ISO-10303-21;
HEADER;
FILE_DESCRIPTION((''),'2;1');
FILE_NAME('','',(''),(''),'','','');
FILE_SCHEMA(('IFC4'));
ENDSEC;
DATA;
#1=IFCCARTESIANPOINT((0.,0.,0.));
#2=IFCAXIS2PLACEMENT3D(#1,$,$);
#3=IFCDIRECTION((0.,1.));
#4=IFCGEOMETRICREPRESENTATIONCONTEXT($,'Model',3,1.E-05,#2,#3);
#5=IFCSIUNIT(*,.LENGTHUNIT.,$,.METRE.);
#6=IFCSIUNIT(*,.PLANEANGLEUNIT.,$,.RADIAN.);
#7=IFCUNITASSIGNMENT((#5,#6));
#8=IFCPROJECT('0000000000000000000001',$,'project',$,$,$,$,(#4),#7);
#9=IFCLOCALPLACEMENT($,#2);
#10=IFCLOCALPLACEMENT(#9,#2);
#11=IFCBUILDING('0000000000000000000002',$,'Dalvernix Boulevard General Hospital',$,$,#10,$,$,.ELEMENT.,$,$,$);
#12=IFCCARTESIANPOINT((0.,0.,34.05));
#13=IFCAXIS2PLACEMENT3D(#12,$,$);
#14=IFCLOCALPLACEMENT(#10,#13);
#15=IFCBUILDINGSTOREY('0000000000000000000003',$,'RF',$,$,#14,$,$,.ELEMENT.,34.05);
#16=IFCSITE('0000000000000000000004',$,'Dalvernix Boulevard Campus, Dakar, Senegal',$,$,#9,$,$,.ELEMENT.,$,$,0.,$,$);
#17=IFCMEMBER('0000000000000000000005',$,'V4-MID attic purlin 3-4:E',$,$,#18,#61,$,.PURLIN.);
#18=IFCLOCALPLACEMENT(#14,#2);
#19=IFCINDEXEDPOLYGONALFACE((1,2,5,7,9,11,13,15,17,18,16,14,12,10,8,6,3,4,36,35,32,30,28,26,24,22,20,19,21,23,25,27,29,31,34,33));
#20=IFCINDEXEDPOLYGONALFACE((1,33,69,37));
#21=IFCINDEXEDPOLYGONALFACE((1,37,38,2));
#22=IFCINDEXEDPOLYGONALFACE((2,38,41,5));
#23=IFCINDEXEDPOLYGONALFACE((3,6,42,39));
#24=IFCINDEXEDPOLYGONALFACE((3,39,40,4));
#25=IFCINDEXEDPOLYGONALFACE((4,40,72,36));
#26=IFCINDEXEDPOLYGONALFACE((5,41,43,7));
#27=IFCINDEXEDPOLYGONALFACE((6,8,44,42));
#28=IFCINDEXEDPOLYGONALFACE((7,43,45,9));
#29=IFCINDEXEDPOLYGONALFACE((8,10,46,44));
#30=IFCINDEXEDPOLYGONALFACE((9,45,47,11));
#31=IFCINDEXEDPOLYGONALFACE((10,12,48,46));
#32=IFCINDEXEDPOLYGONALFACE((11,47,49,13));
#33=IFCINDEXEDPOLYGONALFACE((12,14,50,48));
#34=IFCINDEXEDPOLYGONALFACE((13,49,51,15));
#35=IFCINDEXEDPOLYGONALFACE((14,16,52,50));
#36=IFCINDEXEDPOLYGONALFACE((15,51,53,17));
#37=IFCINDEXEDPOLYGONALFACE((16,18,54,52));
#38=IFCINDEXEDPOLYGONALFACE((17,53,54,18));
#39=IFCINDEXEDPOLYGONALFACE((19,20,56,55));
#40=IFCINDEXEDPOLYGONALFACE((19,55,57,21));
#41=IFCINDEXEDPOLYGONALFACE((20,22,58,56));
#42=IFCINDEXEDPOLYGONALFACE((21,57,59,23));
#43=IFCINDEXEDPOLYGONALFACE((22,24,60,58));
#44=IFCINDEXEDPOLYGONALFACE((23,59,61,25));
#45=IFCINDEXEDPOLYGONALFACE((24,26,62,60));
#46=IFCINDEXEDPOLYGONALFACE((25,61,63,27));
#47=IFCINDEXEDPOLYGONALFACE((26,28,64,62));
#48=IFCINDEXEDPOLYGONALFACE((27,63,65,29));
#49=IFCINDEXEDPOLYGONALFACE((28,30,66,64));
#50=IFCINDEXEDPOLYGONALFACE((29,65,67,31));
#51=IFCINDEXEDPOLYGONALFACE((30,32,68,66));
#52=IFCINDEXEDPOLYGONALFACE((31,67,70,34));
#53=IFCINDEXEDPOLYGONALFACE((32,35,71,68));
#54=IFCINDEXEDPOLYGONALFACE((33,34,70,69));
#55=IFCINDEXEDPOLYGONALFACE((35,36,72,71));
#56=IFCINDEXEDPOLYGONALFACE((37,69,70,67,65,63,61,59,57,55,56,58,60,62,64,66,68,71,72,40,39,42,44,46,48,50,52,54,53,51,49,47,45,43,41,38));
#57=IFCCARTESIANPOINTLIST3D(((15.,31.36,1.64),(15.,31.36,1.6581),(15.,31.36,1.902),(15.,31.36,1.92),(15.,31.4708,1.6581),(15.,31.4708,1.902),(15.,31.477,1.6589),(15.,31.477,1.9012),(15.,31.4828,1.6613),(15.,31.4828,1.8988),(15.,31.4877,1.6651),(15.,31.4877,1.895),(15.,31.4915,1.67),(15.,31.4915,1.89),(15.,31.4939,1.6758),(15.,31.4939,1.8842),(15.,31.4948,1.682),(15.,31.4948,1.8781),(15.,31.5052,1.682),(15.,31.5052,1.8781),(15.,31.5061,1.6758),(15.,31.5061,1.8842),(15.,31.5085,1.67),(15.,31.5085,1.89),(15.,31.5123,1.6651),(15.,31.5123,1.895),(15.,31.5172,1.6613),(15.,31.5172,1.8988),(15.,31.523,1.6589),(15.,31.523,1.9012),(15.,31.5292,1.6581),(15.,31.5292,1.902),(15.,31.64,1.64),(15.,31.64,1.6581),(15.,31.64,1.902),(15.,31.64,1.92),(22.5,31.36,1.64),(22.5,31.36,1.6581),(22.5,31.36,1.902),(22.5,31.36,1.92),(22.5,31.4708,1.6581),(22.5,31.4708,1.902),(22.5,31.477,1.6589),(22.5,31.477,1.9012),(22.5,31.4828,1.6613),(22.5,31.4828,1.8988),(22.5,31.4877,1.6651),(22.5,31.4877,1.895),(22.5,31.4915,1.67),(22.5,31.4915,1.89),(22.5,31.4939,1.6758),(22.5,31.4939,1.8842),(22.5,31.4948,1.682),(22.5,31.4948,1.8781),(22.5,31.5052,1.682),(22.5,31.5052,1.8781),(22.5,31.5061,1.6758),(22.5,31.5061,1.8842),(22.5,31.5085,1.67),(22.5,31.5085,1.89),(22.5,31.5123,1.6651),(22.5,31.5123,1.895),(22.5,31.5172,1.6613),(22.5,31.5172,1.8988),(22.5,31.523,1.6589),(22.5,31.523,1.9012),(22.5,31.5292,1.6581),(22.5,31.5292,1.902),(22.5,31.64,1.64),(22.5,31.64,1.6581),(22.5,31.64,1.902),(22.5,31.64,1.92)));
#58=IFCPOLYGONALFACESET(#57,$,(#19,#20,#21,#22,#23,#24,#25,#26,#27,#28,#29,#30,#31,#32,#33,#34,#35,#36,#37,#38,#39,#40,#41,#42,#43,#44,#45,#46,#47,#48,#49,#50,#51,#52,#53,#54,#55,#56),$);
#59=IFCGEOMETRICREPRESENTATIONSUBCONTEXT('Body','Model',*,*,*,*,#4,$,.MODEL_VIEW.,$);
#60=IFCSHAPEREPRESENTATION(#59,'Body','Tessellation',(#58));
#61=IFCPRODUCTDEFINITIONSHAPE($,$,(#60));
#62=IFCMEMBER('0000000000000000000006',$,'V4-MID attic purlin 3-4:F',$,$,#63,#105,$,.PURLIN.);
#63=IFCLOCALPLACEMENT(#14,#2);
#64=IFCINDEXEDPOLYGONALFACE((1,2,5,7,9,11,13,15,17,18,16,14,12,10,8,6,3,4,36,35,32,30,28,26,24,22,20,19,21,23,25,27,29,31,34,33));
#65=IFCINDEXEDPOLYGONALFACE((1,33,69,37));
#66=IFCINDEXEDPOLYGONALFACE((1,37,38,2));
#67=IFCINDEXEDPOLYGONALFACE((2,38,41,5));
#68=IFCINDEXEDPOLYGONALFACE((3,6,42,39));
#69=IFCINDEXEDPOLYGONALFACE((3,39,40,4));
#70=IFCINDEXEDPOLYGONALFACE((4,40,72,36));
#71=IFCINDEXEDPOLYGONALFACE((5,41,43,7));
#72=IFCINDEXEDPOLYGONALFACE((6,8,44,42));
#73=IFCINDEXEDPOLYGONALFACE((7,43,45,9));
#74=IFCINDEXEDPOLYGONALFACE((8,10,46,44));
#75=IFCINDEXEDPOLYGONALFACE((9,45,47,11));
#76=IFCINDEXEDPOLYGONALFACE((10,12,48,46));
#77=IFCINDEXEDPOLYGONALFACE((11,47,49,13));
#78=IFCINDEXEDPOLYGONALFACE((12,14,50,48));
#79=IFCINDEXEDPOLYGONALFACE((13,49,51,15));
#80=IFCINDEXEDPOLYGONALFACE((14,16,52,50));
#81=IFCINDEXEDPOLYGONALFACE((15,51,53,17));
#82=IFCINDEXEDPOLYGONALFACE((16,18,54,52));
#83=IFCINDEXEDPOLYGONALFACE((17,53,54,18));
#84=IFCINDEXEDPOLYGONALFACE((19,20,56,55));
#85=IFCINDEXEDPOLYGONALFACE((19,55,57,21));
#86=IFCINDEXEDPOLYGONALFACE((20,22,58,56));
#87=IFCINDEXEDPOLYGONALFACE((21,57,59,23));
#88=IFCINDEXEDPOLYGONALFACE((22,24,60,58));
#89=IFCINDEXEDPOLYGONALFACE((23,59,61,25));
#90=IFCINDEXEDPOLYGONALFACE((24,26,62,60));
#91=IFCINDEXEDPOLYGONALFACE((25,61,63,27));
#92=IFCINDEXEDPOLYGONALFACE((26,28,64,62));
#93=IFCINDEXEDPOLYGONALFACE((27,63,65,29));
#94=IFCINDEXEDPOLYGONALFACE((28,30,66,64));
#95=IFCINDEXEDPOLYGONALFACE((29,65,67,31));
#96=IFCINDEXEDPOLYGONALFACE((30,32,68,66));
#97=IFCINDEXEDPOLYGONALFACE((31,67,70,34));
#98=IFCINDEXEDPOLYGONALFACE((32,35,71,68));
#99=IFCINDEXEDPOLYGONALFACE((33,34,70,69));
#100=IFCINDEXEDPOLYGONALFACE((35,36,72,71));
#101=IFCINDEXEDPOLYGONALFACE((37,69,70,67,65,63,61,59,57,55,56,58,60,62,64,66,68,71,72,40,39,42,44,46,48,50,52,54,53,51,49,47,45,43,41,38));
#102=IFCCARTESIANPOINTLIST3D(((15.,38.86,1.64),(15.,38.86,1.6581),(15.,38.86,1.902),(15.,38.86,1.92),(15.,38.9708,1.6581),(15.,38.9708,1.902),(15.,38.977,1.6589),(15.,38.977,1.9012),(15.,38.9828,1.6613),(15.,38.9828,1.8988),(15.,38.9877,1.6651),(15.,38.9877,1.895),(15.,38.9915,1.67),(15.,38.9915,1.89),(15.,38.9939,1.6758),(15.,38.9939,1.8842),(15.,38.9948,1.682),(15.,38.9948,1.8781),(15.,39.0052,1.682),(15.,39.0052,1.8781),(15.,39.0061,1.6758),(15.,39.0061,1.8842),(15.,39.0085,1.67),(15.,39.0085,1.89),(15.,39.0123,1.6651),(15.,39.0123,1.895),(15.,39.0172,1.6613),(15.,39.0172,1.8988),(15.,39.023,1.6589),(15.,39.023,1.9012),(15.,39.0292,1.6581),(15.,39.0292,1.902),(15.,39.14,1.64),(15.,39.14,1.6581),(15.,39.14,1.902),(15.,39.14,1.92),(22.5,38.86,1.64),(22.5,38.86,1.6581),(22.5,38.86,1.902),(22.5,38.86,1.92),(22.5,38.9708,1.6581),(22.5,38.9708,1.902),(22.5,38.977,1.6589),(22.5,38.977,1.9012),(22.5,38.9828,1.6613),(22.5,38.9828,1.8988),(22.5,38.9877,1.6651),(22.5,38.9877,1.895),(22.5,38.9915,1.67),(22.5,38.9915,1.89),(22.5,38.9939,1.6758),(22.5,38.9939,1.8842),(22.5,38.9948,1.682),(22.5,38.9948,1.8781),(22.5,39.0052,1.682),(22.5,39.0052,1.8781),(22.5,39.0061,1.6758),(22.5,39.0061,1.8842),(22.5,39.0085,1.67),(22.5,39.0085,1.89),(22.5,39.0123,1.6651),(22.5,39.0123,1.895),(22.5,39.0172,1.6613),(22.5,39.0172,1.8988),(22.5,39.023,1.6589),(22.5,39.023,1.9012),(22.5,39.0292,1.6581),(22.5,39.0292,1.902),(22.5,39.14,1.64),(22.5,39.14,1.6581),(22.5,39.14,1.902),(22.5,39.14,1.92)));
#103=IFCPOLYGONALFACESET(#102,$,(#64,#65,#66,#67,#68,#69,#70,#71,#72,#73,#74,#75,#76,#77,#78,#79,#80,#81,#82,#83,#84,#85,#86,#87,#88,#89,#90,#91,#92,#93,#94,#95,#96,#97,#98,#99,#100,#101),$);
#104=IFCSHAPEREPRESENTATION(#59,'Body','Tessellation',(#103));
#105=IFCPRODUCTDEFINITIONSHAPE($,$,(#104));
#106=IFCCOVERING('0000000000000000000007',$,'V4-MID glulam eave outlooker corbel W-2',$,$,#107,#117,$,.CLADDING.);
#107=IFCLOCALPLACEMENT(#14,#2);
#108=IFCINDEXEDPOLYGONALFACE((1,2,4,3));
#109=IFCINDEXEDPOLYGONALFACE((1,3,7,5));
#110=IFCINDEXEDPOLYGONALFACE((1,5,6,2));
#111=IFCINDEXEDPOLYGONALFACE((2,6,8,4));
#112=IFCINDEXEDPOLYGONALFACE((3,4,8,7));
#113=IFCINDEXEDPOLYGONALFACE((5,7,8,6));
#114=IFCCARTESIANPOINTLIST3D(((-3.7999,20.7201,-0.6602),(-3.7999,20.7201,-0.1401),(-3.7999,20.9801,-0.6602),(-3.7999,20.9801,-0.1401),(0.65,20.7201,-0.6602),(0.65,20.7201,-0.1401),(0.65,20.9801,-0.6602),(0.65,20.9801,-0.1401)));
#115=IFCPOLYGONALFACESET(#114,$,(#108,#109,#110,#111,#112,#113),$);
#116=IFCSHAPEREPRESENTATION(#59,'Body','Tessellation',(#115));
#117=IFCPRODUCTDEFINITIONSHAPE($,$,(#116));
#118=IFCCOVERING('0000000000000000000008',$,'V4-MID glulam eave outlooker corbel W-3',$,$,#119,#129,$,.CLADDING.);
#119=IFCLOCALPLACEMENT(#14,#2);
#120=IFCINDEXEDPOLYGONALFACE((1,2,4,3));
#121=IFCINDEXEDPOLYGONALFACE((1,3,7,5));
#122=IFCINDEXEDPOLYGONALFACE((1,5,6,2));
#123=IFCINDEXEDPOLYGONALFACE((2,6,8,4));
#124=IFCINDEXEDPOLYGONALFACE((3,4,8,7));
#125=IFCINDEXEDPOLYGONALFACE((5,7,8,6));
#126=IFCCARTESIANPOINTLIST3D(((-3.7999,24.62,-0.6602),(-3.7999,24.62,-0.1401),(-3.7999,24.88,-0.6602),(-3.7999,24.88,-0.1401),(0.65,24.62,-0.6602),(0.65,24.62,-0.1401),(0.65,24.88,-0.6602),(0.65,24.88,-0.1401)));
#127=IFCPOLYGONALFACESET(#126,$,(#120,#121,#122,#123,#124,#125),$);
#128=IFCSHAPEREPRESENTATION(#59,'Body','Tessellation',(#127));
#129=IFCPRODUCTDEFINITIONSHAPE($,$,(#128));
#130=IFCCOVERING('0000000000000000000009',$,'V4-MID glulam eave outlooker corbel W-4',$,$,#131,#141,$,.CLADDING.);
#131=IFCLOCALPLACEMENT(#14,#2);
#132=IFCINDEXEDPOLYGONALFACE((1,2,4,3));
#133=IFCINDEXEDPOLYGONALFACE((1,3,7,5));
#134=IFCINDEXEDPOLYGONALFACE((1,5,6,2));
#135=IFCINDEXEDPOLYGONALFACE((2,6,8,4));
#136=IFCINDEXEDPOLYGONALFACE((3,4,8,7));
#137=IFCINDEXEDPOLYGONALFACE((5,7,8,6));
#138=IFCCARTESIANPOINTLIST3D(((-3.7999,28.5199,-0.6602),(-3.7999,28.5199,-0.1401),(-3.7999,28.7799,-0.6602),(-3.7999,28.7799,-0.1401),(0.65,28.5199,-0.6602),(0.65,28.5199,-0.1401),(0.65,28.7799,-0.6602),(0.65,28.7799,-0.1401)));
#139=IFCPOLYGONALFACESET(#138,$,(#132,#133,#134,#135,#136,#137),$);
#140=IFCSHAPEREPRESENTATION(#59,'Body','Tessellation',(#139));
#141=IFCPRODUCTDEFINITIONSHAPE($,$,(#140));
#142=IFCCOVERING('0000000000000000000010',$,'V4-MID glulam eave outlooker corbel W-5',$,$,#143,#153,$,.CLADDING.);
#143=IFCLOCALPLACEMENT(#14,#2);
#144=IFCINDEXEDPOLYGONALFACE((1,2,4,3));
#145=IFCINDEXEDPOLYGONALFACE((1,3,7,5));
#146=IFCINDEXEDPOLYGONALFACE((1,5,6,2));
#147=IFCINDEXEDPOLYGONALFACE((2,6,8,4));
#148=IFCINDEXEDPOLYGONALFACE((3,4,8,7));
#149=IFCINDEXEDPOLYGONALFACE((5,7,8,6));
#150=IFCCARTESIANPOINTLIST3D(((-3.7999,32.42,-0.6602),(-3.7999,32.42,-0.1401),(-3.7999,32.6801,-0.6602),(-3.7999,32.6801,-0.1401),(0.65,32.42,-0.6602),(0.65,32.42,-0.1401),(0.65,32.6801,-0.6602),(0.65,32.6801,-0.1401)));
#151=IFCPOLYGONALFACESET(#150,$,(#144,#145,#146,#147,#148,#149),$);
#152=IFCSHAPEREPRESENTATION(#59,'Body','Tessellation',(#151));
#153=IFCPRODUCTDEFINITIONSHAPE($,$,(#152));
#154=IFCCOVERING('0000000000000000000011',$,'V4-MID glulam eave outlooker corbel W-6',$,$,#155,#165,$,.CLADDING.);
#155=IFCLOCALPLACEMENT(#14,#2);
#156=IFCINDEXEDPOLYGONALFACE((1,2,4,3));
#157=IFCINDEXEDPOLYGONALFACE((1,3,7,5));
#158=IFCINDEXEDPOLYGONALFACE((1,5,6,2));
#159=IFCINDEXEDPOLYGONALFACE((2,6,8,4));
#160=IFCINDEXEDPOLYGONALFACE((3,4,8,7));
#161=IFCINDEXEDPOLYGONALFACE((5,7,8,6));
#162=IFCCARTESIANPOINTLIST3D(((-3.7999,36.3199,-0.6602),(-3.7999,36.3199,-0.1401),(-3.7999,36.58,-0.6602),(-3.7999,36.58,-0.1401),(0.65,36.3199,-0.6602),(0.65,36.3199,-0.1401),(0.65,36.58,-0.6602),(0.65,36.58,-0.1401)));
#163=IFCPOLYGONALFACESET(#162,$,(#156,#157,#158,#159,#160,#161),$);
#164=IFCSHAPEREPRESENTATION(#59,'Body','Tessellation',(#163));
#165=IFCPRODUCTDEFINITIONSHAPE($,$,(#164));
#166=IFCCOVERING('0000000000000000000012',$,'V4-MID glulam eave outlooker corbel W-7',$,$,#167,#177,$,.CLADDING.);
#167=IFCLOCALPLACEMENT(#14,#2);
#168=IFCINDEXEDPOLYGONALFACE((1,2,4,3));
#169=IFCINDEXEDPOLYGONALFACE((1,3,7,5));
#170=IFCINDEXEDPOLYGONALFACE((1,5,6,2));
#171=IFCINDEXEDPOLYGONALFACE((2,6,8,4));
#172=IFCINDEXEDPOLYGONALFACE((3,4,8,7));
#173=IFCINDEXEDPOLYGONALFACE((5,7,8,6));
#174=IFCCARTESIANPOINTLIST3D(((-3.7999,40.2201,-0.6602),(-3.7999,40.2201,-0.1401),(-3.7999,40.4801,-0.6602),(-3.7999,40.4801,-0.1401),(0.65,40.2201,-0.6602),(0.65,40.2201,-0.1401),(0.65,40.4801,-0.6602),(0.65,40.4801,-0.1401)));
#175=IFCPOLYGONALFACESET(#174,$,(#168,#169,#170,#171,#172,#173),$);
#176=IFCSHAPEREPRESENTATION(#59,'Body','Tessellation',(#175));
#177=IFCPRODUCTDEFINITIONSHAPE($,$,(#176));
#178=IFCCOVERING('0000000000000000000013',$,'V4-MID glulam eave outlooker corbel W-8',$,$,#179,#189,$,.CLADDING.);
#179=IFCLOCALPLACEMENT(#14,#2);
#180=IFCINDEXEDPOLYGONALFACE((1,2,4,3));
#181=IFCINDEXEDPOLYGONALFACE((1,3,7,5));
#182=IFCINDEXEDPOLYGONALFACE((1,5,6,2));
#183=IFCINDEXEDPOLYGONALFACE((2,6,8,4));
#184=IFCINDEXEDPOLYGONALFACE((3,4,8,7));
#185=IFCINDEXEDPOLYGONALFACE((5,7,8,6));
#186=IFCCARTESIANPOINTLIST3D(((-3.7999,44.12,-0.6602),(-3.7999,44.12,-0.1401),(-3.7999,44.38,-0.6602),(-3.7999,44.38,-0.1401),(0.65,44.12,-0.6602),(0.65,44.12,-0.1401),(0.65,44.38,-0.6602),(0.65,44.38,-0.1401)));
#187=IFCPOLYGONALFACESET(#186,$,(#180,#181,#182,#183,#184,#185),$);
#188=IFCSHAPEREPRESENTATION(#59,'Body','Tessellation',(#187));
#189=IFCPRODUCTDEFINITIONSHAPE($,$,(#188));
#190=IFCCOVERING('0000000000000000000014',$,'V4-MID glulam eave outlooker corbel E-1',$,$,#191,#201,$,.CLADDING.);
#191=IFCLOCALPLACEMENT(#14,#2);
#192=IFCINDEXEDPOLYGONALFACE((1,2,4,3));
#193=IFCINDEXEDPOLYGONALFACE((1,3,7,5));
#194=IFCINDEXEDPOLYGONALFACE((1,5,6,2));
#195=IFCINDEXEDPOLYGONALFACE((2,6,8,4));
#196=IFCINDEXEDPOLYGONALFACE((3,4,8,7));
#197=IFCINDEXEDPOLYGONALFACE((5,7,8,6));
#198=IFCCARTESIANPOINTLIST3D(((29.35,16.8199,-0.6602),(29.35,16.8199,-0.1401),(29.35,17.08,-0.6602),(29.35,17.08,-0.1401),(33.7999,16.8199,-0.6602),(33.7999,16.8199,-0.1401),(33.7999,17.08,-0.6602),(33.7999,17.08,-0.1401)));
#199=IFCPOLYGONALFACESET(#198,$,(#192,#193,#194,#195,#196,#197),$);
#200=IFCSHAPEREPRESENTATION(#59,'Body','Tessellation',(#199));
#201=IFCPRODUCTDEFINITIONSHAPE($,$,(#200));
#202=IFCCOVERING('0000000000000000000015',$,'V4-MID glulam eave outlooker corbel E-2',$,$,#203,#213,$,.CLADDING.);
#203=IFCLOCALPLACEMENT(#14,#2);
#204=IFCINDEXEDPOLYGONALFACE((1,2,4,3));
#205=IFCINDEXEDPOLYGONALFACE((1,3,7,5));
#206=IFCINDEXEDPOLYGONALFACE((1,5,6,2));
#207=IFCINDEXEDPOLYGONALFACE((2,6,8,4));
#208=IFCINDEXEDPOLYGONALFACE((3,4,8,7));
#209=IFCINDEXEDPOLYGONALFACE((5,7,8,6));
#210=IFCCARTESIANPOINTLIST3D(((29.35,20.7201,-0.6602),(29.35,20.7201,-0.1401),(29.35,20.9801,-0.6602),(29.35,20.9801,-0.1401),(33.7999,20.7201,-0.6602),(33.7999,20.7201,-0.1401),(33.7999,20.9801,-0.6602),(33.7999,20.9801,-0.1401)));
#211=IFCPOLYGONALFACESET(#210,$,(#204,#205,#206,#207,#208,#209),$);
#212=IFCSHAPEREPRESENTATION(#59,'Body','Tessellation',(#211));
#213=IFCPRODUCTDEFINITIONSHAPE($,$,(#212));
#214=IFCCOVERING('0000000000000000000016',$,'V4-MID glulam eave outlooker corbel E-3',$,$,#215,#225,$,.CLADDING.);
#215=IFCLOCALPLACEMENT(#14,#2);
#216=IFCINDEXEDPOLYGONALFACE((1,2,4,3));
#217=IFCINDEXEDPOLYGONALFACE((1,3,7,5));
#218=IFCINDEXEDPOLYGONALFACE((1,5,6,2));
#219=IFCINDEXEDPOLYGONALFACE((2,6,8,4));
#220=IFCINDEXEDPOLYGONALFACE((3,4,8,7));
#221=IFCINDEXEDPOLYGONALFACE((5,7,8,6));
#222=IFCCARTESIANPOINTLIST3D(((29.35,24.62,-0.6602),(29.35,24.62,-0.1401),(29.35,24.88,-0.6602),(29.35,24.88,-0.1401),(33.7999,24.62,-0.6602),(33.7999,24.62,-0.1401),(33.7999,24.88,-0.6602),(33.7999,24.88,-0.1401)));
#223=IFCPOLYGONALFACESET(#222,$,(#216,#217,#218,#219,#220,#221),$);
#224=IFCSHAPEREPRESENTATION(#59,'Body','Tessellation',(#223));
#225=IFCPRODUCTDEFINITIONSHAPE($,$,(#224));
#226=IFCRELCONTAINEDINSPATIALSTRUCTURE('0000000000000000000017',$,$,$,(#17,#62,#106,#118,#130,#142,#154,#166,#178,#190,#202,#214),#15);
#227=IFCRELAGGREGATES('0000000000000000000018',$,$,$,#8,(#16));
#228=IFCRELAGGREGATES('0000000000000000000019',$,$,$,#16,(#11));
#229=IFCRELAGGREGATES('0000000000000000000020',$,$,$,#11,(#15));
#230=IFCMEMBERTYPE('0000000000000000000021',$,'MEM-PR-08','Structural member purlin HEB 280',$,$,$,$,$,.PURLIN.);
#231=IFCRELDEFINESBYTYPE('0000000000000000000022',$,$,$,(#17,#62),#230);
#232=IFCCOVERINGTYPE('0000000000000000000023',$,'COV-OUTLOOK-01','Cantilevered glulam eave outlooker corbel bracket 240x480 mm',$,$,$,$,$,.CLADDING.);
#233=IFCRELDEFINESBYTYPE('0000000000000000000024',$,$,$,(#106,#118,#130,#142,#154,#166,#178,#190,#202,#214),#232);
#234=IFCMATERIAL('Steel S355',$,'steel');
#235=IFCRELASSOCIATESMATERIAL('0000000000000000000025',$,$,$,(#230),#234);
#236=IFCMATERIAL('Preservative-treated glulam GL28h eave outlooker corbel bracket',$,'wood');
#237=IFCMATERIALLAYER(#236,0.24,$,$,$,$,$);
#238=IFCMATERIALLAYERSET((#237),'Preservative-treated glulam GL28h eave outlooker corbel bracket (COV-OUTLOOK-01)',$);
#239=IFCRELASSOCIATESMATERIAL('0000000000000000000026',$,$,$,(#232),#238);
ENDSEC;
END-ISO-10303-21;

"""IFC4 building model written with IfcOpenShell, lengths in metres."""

from ifc_helpers import new_model, si_unit, direction, frame, origin, origin_2d, place, context, subcontext, project, spatial, rectangle, i_section, extrude, material, layer, layer_set, material_profile, profile_set, type_object, element, save


model = new_model("IFC4")

# Units and contexts
model_context = context("Model", 3, precision=1e-05, world=origin(), true_north=direction((0.0, 1.0)))
body_context = subcontext(model_context, "Body", "Model", "MODEL_VIEW")
ifc_project = project(units=[si_unit("LENGTHUNIT", "METRE"), si_unit("PLANEANGLEUNIT", "RADIAN")], contexts=[model_context])

# Site, building, storey
site_placement = place(None, origin())
site = spatial("IfcSite", under=ifc_project, at=site_placement, Name="Dalvernix Boulevard Campus, Dakar, Senegal", CompositionType="ELEMENT", RefElevation=0.0)
building_placement = place(site_placement, origin())
building = spatial("IfcBuilding", under=site, at=building_placement, Name="Dalvernix Boulevard General Hospital", CompositionType="ELEMENT")
storey_placement = place(building_placement, frame((0.0, 0.0, 34.05)))
storey = spatial("IfcBuildingStorey", under=building, at=storey_placement, Name="RF", CompositionType="ELEMENT", Elevation=34.05)

# Shared definitions
ifc_material_1 = material(Name="Steel S355", Category="steel")

# Members
ifc_material_profile_1 = material_profile(ifc_material_1, i_section(OverallWidth=0.28, OverallDepth=0.28, WebThickness=0.0105, FlangeThickness=0.0181, FilletRadius=0.0239, at=origin_2d()), Name="HEB 280")
ifc_profile_set_1 = profile_set([ifc_material_profile_1], Name="Steel S355")
member_type = type_object("IfcMemberType", Name="MEM-PR-08", Description="Structural member purlin HEB 280", PredefinedType="PURLIN", material=ifc_profile_set_1)
for number, where, z_axis, x_axis, name in (
    (1, (15.0, 31.5, 1.78), (1.0, 0.0, 0.0), (0.0, 1.0, 0.0), "V4-MID attic purlin 3-4:E"),
    (2, (15.0, 39.0, 1.78), (1.0, 0.0, 0.0), (0.0, 1.0, 0.0), "V4-MID attic purlin 3-4:F"),
):
    element("IfcMember", number, at=place(storey_placement, frame(where, z_axis=z_axis, x_axis=x_axis)), inside=storey, type_object=member_type, Name=name, PredefinedType="PURLIN", context=body_context, shape_type="SweptSolid", body=[
        extrude(i_section(OverallWidth=0.28, OverallDepth=0.28, WebThickness=0.0105, FlangeThickness=0.0181, FilletRadius=0.0239, at=origin_2d()), origin(), (0.0, 0.0, 1.0), 7.5),
    ])

# Coverings
ifc_material_2 = material(Name="Preservative-treated glulam GL28h eave outlooker corbel bracket", Category="wood")
ifc_layer = layer(ifc_material_2, 0.24)
ifc_layer_set = layer_set([ifc_layer], Name="Preservative-treated glulam GL28h eave outlooker corbel bracket (COV-OUTLOOK-01)")
covering_type = type_object("IfcCoveringType", Name="COV-OUTLOOK-01", Description="Cantilevered glulam eave outlooker corbel bracket 240x480 mm", PredefinedType="CLADDING", material=ifc_layer_set)
for number, where, z_axis, x_axis, name in (
    (3, (-1.575, 20.8501, -0.6602), (0.0, 0.0, 1.0), (1.0, 0.0, 0.0), "V4-MID glulam eave outlooker corbel W-2"),
    (4, (-1.575, 24.75, -0.6602), (0.0, 0.0, 1.0), (1.0, 0.0, 0.0), "V4-MID glulam eave outlooker corbel W-3"),
    (5, (-1.575, 28.6499, -0.6602), (0.0, 0.0, 1.0), (1.0, 0.0, 0.0), "V4-MID glulam eave outlooker corbel W-4"),
    (6, (-1.575, 32.55, -0.6602), (0.0, 0.0, 1.0), (1.0, 0.0, 0.0), "V4-MID glulam eave outlooker corbel W-5"),
    (7, (-1.575, 36.45, -0.6602), (0.0, 0.0, 1.0), (1.0, 0.0, 0.0), "V4-MID glulam eave outlooker corbel W-6"),
    (8, (-1.575, 40.3501, -0.6602), (0.0, 0.0, 1.0), (1.0, 0.0, 0.0), "V4-MID glulam eave outlooker corbel W-7"),
    (9, (-1.575, 44.25, -0.6602), (0.0, 0.0, 1.0), (1.0, 0.0, 0.0), "V4-MID glulam eave outlooker corbel W-8"),
    (10, (31.575, 16.95, -0.6602), (0.0, 0.0, 1.0), (1.0, 0.0, 0.0), "V4-MID glulam eave outlooker corbel E-1"),
    (11, (31.575, 20.8501, -0.6602), (0.0, 0.0, 1.0), (1.0, 0.0, 0.0), "V4-MID glulam eave outlooker corbel E-2"),
    (12, (31.575, 24.75, -0.6602), (0.0, 0.0, 1.0), (1.0, 0.0, 0.0), "V4-MID glulam eave outlooker corbel E-3"),
):
    element("IfcCovering", number, at=place(storey_placement, frame(where, z_axis=z_axis, x_axis=x_axis)), inside=storey, type_object=covering_type, Name=name, PredefinedType="CLADDING", context=body_context, shape_type="SweptSolid", body=[
        extrude(rectangle(XDim=4.45, YDim=0.26, at=origin_2d()), origin(), (0.0, 0.0, 1.0), 0.52),
    ])

save(model, "model.ifc")
